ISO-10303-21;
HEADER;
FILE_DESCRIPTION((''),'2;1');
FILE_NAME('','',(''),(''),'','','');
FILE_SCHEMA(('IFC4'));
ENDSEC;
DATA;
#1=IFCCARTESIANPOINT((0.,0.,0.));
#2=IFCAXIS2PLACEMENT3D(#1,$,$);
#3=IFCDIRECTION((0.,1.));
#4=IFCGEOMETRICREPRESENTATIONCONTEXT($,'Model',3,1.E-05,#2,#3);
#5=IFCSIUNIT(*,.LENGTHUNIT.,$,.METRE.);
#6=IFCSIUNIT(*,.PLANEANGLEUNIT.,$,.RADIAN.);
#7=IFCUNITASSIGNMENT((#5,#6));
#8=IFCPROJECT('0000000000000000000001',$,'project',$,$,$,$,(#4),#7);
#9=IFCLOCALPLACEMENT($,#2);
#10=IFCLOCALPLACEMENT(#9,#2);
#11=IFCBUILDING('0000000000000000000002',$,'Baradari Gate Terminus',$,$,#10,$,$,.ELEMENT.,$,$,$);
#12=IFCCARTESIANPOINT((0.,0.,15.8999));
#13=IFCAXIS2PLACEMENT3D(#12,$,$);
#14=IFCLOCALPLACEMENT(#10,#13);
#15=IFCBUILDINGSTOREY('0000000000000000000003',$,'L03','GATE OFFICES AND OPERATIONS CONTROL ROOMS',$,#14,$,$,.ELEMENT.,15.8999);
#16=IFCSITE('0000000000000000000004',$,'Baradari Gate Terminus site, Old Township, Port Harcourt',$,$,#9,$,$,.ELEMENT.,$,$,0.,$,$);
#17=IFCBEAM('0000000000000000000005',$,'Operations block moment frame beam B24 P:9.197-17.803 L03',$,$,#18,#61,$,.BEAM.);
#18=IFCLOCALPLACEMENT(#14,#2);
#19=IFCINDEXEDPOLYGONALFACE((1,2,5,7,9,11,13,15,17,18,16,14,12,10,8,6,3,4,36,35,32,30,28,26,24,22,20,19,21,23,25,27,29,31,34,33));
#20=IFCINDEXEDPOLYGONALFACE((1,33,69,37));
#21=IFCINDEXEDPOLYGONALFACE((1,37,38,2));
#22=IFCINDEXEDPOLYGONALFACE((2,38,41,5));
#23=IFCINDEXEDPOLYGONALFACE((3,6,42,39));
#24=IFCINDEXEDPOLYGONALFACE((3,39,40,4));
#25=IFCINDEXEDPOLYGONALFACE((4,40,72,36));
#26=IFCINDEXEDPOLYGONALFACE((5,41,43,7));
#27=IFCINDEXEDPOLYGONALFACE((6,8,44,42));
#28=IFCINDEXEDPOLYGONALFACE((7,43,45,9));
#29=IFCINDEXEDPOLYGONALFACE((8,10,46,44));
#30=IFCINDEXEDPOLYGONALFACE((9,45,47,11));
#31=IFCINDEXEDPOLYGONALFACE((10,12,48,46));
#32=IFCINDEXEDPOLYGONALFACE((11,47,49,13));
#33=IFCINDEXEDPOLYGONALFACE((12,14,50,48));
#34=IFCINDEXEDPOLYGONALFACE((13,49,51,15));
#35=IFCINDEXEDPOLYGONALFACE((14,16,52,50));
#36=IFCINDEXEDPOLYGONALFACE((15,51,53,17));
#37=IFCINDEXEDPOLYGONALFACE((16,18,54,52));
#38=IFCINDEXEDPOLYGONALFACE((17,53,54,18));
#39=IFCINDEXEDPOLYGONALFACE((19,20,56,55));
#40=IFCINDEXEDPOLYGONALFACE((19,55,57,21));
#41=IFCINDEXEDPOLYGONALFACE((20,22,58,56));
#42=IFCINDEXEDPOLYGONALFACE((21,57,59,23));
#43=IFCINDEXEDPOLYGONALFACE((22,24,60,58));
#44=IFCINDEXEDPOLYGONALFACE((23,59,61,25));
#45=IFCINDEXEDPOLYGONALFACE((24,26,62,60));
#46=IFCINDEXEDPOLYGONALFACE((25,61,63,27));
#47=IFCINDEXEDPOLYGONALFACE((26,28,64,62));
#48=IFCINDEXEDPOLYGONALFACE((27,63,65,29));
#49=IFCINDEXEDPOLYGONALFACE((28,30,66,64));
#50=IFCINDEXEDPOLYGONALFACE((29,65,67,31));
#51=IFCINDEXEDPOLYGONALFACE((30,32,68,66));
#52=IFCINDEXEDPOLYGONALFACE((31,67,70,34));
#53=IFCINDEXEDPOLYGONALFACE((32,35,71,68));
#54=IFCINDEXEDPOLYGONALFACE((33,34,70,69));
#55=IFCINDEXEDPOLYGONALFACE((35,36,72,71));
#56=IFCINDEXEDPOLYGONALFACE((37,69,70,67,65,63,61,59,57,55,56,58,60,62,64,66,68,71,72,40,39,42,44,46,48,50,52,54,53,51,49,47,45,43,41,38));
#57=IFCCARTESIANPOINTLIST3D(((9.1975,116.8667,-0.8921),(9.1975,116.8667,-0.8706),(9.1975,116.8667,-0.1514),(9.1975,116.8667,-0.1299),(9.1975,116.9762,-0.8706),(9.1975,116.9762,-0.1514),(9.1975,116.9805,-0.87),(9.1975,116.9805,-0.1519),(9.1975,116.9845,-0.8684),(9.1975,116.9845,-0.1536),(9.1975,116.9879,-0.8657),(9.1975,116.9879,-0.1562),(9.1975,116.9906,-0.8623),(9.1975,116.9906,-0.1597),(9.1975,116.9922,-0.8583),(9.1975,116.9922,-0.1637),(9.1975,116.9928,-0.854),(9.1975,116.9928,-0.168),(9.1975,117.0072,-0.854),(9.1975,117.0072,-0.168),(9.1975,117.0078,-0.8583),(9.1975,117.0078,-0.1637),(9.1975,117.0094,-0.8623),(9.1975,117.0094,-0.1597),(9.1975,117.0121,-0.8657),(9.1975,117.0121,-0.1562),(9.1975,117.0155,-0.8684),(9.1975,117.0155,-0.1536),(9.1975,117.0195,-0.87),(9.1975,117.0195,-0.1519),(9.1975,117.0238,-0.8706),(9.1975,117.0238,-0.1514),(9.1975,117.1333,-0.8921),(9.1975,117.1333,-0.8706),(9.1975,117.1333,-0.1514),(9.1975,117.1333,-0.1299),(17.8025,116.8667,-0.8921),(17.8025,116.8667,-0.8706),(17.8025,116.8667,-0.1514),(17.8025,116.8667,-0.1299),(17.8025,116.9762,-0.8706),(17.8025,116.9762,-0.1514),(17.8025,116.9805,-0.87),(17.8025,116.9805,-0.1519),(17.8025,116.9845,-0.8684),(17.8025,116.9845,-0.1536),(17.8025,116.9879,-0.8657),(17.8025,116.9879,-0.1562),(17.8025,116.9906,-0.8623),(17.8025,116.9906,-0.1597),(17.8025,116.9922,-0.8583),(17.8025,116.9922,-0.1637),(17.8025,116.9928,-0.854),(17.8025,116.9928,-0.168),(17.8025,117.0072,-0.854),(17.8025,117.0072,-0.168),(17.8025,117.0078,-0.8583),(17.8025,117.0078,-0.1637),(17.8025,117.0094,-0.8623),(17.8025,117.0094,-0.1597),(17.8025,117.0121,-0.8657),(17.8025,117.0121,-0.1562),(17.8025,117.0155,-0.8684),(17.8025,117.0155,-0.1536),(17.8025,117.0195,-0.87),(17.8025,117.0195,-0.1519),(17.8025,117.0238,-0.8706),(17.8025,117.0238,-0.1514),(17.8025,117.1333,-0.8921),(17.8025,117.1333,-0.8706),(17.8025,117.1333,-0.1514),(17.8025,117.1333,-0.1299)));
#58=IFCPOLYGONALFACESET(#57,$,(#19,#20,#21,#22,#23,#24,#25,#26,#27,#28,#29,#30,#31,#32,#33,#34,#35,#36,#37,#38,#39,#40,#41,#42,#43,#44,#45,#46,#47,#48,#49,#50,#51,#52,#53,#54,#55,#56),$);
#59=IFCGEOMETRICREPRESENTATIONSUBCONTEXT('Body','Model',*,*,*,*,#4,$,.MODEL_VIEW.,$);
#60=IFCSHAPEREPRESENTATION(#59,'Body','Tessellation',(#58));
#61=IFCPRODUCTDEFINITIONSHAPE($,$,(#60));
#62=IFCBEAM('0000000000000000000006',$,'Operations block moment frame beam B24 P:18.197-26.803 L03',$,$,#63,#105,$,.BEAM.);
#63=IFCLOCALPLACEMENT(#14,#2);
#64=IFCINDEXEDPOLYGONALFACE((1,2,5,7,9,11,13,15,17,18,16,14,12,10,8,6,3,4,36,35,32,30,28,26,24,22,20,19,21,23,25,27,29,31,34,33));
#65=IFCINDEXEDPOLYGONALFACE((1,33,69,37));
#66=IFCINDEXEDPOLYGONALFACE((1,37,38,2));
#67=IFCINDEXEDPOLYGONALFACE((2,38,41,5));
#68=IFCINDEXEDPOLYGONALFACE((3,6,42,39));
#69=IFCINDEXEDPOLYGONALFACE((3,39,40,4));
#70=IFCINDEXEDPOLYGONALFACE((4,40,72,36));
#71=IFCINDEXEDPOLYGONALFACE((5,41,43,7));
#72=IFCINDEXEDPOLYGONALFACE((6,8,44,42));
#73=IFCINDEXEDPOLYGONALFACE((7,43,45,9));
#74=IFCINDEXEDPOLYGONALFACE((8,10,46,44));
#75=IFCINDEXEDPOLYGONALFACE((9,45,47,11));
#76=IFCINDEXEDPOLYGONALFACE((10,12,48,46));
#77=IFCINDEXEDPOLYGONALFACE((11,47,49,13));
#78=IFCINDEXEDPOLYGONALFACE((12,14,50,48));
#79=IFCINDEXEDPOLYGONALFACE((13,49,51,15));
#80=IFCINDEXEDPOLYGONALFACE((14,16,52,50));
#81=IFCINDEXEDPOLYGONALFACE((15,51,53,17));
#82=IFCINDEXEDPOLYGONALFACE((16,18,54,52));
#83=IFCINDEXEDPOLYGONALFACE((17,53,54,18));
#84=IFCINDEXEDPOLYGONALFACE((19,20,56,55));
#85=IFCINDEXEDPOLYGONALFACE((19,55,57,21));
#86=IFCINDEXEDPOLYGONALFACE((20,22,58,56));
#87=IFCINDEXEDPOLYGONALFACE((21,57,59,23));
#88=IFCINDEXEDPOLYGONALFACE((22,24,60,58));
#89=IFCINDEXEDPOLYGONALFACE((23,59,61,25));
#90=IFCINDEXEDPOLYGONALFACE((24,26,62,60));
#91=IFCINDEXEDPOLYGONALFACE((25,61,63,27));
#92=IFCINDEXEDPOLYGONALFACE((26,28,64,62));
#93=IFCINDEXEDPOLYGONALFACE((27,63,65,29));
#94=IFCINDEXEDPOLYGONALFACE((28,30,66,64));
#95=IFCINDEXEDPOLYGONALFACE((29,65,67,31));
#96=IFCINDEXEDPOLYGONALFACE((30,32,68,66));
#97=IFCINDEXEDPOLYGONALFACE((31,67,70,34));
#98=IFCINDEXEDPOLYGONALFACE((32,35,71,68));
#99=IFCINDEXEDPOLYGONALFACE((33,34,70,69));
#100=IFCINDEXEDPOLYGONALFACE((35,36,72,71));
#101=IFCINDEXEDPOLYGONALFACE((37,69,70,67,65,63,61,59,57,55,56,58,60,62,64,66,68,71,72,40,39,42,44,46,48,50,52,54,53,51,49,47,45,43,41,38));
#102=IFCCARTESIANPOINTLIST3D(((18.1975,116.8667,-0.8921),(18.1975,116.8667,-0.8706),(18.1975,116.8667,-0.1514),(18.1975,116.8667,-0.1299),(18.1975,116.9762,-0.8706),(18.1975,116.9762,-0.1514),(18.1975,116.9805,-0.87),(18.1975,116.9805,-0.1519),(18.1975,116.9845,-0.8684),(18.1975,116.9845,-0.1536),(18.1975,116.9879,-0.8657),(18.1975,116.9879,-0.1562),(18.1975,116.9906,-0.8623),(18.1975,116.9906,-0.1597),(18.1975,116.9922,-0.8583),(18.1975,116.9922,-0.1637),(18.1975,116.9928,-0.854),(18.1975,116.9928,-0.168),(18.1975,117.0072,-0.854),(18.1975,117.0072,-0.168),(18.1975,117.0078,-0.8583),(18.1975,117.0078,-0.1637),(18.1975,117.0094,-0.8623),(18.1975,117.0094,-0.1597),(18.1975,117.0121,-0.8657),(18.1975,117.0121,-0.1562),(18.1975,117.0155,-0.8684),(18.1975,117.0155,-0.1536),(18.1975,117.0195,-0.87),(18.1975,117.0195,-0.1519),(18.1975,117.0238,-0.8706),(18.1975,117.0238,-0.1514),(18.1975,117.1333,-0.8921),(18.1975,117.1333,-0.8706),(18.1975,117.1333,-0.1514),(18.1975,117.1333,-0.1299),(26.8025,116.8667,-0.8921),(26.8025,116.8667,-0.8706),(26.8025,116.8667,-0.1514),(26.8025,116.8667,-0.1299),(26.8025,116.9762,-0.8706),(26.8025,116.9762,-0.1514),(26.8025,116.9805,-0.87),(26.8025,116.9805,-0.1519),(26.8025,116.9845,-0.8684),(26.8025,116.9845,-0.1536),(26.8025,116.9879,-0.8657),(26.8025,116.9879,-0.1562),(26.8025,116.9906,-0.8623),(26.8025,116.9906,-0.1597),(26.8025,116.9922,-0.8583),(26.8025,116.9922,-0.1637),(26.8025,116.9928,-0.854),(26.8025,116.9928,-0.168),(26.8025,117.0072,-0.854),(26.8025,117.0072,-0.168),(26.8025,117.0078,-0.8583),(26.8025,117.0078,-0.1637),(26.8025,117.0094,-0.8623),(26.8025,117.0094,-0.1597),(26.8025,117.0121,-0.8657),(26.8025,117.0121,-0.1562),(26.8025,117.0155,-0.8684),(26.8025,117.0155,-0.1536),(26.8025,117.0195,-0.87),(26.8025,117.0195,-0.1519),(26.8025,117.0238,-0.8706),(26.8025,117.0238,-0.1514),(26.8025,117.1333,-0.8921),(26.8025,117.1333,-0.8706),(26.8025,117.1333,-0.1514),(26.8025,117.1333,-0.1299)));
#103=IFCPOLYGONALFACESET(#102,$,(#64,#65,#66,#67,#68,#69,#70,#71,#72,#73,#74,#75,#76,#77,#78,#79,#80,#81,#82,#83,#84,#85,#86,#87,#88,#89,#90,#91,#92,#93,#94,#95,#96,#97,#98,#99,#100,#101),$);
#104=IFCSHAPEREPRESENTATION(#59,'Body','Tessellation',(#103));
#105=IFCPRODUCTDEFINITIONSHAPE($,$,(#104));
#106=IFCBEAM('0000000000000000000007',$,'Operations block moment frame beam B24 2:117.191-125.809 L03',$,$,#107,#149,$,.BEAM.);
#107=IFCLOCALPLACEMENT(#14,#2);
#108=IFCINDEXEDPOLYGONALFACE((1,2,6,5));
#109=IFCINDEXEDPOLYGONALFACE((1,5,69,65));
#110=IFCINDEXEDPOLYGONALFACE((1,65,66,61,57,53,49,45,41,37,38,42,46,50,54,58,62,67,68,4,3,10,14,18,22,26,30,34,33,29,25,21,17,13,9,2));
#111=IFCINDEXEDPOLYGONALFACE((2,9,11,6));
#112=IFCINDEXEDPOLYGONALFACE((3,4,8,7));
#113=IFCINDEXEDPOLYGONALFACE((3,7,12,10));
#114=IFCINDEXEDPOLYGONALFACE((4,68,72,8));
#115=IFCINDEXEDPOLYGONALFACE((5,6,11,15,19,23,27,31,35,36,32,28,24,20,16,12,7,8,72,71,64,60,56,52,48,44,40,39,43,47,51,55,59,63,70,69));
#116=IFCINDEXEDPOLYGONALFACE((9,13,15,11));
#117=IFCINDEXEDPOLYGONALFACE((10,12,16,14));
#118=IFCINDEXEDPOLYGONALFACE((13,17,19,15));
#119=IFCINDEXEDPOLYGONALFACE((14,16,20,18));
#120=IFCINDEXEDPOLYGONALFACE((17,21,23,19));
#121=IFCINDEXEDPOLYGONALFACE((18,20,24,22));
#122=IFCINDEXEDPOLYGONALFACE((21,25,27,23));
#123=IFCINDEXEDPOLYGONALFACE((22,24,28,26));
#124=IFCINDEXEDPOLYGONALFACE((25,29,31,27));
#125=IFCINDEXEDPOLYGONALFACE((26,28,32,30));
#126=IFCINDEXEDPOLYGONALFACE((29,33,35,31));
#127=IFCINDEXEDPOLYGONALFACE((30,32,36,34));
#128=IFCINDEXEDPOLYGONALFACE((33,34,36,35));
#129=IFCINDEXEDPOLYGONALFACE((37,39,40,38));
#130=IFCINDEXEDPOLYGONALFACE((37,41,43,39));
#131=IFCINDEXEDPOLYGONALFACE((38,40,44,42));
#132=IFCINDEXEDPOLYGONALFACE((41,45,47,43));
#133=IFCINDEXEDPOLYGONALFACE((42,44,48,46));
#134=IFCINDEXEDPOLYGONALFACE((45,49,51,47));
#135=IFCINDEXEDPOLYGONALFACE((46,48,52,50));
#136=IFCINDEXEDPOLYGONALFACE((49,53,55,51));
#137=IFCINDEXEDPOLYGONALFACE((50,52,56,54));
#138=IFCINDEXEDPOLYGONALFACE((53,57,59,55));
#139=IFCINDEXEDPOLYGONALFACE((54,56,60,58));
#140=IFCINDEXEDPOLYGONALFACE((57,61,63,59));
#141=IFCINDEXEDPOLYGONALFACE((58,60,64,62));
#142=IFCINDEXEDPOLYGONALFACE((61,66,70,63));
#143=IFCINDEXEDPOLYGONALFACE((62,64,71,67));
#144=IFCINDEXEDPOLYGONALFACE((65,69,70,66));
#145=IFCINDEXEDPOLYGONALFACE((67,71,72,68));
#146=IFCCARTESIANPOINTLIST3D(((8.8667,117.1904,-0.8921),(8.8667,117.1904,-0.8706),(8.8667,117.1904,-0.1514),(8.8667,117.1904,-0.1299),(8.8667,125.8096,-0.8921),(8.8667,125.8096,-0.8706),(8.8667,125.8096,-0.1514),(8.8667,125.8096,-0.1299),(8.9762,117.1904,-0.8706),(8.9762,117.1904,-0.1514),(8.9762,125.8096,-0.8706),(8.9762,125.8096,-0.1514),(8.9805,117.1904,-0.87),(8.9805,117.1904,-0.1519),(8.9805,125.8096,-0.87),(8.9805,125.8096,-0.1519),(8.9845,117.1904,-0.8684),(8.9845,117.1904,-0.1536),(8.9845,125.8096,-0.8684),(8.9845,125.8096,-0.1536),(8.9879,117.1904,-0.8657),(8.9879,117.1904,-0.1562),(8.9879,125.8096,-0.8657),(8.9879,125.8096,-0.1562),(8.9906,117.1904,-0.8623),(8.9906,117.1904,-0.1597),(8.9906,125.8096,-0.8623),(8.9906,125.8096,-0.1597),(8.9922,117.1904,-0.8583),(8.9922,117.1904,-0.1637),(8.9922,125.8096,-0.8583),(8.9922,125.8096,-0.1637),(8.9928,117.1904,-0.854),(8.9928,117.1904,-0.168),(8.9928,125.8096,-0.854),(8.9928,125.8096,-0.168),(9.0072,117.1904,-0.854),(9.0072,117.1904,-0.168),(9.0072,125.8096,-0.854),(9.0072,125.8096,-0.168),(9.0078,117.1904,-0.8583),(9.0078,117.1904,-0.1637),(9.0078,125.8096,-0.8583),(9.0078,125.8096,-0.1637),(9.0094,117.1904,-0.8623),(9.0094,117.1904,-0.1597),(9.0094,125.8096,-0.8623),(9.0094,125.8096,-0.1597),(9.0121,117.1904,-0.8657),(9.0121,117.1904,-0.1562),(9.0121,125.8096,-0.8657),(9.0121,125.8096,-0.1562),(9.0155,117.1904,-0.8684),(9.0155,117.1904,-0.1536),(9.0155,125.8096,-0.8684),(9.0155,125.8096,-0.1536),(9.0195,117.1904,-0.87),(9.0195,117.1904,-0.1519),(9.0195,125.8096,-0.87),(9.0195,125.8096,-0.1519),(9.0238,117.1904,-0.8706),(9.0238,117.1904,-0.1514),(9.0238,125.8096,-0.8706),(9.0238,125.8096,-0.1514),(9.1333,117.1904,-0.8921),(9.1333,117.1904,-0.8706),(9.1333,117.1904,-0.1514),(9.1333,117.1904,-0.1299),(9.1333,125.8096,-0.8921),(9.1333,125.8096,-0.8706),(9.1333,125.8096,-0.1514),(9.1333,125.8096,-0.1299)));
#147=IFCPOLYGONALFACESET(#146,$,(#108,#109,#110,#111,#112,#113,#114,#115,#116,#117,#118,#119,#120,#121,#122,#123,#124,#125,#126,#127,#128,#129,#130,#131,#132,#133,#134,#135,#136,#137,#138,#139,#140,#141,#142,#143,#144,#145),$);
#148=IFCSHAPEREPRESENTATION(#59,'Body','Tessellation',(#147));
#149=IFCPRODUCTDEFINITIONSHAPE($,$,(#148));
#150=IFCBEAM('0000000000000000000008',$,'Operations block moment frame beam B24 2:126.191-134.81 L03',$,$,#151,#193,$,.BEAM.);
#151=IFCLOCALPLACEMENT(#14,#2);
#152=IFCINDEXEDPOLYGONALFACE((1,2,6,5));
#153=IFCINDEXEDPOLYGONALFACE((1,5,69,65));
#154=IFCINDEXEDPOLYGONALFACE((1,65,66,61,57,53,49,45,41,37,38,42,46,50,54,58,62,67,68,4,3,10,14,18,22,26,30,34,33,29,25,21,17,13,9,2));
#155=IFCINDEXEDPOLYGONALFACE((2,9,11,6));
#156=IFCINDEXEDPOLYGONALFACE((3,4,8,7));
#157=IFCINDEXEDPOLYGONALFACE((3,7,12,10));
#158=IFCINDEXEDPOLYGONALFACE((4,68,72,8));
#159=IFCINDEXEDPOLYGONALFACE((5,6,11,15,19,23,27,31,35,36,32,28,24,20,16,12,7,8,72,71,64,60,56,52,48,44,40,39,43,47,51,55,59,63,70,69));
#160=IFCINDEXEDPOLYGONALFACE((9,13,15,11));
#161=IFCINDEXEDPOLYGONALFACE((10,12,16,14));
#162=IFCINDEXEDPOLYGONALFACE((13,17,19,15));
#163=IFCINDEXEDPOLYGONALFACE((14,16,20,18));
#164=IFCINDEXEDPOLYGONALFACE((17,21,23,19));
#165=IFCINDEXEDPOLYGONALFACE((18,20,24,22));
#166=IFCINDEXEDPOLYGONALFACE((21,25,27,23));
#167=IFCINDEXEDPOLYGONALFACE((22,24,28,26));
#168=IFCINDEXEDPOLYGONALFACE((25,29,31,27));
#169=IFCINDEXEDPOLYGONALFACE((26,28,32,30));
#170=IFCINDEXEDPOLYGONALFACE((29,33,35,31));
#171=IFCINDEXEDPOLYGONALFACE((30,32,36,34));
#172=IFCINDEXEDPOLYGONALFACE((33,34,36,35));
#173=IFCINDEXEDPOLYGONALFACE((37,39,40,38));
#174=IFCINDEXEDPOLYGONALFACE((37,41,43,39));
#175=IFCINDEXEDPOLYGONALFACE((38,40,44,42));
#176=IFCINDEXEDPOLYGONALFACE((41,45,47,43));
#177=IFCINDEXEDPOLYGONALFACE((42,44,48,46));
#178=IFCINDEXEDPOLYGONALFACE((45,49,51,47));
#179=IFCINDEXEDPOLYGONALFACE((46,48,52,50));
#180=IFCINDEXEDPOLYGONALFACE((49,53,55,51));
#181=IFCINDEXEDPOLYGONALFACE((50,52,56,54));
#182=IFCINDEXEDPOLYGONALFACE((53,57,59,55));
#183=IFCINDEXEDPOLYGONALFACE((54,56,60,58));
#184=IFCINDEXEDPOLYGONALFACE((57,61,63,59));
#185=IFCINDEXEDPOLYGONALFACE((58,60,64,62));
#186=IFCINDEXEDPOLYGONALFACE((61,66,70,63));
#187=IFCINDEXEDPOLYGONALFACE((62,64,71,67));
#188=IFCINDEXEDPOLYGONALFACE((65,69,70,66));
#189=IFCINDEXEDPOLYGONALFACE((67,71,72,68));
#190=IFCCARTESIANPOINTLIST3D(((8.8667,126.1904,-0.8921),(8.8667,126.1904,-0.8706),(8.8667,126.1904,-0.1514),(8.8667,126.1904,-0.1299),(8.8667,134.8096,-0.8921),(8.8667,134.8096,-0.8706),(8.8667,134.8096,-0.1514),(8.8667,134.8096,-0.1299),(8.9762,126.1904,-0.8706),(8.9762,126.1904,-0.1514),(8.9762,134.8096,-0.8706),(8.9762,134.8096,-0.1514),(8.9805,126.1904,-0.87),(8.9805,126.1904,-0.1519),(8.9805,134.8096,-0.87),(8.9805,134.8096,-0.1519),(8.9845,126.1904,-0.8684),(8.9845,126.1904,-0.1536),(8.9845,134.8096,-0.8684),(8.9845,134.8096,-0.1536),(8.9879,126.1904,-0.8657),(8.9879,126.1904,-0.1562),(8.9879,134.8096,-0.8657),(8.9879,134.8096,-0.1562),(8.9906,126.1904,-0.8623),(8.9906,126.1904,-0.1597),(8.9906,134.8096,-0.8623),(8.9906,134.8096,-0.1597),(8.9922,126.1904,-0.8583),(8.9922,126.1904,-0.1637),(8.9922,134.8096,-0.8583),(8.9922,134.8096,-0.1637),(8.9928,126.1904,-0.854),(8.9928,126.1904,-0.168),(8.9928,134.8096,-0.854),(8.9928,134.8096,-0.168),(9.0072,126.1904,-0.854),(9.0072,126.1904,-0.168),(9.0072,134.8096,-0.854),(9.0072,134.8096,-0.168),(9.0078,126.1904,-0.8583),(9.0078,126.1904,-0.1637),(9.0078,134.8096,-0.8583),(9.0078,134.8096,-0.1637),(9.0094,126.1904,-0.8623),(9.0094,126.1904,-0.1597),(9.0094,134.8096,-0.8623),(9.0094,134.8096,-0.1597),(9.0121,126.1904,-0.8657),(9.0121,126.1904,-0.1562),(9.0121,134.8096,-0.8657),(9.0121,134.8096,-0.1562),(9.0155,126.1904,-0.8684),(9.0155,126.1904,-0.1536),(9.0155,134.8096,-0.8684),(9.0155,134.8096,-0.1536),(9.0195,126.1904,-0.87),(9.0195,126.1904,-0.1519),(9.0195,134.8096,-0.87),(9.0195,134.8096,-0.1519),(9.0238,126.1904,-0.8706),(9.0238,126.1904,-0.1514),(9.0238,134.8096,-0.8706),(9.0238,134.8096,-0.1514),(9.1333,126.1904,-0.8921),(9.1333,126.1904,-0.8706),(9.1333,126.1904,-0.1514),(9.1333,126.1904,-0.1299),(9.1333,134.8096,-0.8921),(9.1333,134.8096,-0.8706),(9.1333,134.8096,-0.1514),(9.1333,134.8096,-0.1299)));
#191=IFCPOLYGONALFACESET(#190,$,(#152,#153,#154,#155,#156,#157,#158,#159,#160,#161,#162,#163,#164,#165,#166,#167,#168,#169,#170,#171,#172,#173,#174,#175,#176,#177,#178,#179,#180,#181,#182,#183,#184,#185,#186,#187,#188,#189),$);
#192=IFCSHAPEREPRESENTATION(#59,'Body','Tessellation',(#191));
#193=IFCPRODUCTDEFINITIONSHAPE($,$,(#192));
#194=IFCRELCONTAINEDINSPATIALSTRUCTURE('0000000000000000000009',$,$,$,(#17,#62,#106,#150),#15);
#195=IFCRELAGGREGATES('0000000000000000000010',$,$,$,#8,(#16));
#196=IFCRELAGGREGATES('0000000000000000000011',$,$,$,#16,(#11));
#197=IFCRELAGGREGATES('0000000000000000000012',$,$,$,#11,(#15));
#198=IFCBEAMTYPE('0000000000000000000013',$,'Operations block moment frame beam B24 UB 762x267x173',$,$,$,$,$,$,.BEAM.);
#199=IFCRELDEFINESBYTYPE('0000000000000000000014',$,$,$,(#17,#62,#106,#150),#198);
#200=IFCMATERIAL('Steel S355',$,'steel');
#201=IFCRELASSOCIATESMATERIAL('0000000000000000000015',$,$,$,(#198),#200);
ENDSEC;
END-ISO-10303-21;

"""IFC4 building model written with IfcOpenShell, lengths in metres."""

from ifc_helpers import new_model, si_unit, direction, frame, origin, origin_2d, place, context, subcontext, project, spatial, i_section, extrude, material, material_profile, profile_set, type_object, element, save


model = new_model("IFC4")

# Units and contexts
model_context = context("Model", 3, precision=1e-05, world=origin(), true_north=direction((0.0, 1.0)))
body_context = subcontext(model_context, "Body", "Model", "MODEL_VIEW")
ifc_project = project(units=[si_unit("LENGTHUNIT", "METRE"), si_unit("PLANEANGLEUNIT", "RADIAN")], contexts=[model_context])

# Site, building, storey
site_placement = place(None, origin())
site = spatial("IfcSite", under=ifc_project, at=site_placement, Name="Baradari Gate Terminus site, Old Township, Port Harcourt", CompositionType="ELEMENT", RefElevation=0.0)
building_placement = place(site_placement, origin())
building = spatial("IfcBuilding", under=site, at=building_placement, Name="Baradari Gate Terminus", CompositionType="ELEMENT")
storey_placement = place(building_placement, frame((0.0, 0.0, 15.8999)))
storey = spatial("IfcBuildingStorey", under=building, at=storey_placement, Name="L03", Description="GATE OFFICES AND OPERATIONS CONTROL ROOMS", CompositionType="ELEMENT", Elevation=15.8999)

# Beams
ifc_material_1 = material(Name="Steel S355", Category="steel")
ifc_material_profile_1 = material_profile(ifc_material_1, i_section(OverallWidth=0.2666, OverallDepth=0.7622, WebThickness=0.0144, FlangeThickness=0.0215, FilletRadius=0.0166, at=origin_2d()), Name="UB 762x267x173")
ifc_profile_set_1 = profile_set([ifc_material_profile_1], Name="Steel S355")
beam_type_1 = type_object("IfcBeamType", Name="Operations block moment frame beam B24 UB 762x267x173", PredefinedType="BEAM", material=ifc_profile_set_1)
for number, where, z_axis, x_axis, name in (
    (1, (9.1975, 117.0, -0.511), (1.0, 0.0, 0.0), (0.0, 1.0, 0.0), "Operations block moment frame beam B24 P:9.197-17.803 L03"),
    (2, (18.1975, 117.0, -0.511), (1.0, 0.0, 0.0), (0.0, 1.0, 0.0), "Operations block moment frame beam B24 P:18.197-26.803 L03"),
):
    element("IfcBeam", number, at=place(storey_placement, frame(where, z_axis=z_axis, x_axis=x_axis)), inside=storey, type_object=beam_type_1, Name=name, PredefinedType="BEAM", context=body_context, shape_type="SweptSolid", body=[
        extrude(i_section(OverallWidth=0.2666, OverallDepth=0.7622, WebThickness=0.0144, FlangeThickness=0.0215, FilletRadius=0.0166, at=origin_2d()), origin(), (0.0, 0.0, 1.0), 8.605),
    ])
for number, where, z_axis, x_axis, name in (
    (3, (9.0, 117.1904, -0.511), (0.0, 1.0, 0.0), (-1.0, 0.0, 0.0), "Operations block moment frame beam B24 2:117.191-125.809 L03"),
    (4, (9.0, 126.1904, -0.511), (0.0, 1.0, 0.0), (-1.0, 0.0, 0.0), "Operations block moment frame beam B24 2:126.191-134.81 L03"),
):
    element("IfcBeam", number, at=place(storey_placement, frame(where, z_axis=z_axis, x_axis=x_axis)), inside=storey, type_object=beam_type_1, Name=name, PredefinedType="BEAM", context=body_context, shape_type="SweptSolid", body=[
        extrude(i_section(OverallWidth=0.2666, OverallDepth=0.7622, WebThickness=0.0144, FlangeThickness=0.0215, FilletRadius=0.0166, at=origin_2d()), origin(), (0.0, 0.0, 1.0), 8.6191),
    ])

save(model, "model.ifc")
